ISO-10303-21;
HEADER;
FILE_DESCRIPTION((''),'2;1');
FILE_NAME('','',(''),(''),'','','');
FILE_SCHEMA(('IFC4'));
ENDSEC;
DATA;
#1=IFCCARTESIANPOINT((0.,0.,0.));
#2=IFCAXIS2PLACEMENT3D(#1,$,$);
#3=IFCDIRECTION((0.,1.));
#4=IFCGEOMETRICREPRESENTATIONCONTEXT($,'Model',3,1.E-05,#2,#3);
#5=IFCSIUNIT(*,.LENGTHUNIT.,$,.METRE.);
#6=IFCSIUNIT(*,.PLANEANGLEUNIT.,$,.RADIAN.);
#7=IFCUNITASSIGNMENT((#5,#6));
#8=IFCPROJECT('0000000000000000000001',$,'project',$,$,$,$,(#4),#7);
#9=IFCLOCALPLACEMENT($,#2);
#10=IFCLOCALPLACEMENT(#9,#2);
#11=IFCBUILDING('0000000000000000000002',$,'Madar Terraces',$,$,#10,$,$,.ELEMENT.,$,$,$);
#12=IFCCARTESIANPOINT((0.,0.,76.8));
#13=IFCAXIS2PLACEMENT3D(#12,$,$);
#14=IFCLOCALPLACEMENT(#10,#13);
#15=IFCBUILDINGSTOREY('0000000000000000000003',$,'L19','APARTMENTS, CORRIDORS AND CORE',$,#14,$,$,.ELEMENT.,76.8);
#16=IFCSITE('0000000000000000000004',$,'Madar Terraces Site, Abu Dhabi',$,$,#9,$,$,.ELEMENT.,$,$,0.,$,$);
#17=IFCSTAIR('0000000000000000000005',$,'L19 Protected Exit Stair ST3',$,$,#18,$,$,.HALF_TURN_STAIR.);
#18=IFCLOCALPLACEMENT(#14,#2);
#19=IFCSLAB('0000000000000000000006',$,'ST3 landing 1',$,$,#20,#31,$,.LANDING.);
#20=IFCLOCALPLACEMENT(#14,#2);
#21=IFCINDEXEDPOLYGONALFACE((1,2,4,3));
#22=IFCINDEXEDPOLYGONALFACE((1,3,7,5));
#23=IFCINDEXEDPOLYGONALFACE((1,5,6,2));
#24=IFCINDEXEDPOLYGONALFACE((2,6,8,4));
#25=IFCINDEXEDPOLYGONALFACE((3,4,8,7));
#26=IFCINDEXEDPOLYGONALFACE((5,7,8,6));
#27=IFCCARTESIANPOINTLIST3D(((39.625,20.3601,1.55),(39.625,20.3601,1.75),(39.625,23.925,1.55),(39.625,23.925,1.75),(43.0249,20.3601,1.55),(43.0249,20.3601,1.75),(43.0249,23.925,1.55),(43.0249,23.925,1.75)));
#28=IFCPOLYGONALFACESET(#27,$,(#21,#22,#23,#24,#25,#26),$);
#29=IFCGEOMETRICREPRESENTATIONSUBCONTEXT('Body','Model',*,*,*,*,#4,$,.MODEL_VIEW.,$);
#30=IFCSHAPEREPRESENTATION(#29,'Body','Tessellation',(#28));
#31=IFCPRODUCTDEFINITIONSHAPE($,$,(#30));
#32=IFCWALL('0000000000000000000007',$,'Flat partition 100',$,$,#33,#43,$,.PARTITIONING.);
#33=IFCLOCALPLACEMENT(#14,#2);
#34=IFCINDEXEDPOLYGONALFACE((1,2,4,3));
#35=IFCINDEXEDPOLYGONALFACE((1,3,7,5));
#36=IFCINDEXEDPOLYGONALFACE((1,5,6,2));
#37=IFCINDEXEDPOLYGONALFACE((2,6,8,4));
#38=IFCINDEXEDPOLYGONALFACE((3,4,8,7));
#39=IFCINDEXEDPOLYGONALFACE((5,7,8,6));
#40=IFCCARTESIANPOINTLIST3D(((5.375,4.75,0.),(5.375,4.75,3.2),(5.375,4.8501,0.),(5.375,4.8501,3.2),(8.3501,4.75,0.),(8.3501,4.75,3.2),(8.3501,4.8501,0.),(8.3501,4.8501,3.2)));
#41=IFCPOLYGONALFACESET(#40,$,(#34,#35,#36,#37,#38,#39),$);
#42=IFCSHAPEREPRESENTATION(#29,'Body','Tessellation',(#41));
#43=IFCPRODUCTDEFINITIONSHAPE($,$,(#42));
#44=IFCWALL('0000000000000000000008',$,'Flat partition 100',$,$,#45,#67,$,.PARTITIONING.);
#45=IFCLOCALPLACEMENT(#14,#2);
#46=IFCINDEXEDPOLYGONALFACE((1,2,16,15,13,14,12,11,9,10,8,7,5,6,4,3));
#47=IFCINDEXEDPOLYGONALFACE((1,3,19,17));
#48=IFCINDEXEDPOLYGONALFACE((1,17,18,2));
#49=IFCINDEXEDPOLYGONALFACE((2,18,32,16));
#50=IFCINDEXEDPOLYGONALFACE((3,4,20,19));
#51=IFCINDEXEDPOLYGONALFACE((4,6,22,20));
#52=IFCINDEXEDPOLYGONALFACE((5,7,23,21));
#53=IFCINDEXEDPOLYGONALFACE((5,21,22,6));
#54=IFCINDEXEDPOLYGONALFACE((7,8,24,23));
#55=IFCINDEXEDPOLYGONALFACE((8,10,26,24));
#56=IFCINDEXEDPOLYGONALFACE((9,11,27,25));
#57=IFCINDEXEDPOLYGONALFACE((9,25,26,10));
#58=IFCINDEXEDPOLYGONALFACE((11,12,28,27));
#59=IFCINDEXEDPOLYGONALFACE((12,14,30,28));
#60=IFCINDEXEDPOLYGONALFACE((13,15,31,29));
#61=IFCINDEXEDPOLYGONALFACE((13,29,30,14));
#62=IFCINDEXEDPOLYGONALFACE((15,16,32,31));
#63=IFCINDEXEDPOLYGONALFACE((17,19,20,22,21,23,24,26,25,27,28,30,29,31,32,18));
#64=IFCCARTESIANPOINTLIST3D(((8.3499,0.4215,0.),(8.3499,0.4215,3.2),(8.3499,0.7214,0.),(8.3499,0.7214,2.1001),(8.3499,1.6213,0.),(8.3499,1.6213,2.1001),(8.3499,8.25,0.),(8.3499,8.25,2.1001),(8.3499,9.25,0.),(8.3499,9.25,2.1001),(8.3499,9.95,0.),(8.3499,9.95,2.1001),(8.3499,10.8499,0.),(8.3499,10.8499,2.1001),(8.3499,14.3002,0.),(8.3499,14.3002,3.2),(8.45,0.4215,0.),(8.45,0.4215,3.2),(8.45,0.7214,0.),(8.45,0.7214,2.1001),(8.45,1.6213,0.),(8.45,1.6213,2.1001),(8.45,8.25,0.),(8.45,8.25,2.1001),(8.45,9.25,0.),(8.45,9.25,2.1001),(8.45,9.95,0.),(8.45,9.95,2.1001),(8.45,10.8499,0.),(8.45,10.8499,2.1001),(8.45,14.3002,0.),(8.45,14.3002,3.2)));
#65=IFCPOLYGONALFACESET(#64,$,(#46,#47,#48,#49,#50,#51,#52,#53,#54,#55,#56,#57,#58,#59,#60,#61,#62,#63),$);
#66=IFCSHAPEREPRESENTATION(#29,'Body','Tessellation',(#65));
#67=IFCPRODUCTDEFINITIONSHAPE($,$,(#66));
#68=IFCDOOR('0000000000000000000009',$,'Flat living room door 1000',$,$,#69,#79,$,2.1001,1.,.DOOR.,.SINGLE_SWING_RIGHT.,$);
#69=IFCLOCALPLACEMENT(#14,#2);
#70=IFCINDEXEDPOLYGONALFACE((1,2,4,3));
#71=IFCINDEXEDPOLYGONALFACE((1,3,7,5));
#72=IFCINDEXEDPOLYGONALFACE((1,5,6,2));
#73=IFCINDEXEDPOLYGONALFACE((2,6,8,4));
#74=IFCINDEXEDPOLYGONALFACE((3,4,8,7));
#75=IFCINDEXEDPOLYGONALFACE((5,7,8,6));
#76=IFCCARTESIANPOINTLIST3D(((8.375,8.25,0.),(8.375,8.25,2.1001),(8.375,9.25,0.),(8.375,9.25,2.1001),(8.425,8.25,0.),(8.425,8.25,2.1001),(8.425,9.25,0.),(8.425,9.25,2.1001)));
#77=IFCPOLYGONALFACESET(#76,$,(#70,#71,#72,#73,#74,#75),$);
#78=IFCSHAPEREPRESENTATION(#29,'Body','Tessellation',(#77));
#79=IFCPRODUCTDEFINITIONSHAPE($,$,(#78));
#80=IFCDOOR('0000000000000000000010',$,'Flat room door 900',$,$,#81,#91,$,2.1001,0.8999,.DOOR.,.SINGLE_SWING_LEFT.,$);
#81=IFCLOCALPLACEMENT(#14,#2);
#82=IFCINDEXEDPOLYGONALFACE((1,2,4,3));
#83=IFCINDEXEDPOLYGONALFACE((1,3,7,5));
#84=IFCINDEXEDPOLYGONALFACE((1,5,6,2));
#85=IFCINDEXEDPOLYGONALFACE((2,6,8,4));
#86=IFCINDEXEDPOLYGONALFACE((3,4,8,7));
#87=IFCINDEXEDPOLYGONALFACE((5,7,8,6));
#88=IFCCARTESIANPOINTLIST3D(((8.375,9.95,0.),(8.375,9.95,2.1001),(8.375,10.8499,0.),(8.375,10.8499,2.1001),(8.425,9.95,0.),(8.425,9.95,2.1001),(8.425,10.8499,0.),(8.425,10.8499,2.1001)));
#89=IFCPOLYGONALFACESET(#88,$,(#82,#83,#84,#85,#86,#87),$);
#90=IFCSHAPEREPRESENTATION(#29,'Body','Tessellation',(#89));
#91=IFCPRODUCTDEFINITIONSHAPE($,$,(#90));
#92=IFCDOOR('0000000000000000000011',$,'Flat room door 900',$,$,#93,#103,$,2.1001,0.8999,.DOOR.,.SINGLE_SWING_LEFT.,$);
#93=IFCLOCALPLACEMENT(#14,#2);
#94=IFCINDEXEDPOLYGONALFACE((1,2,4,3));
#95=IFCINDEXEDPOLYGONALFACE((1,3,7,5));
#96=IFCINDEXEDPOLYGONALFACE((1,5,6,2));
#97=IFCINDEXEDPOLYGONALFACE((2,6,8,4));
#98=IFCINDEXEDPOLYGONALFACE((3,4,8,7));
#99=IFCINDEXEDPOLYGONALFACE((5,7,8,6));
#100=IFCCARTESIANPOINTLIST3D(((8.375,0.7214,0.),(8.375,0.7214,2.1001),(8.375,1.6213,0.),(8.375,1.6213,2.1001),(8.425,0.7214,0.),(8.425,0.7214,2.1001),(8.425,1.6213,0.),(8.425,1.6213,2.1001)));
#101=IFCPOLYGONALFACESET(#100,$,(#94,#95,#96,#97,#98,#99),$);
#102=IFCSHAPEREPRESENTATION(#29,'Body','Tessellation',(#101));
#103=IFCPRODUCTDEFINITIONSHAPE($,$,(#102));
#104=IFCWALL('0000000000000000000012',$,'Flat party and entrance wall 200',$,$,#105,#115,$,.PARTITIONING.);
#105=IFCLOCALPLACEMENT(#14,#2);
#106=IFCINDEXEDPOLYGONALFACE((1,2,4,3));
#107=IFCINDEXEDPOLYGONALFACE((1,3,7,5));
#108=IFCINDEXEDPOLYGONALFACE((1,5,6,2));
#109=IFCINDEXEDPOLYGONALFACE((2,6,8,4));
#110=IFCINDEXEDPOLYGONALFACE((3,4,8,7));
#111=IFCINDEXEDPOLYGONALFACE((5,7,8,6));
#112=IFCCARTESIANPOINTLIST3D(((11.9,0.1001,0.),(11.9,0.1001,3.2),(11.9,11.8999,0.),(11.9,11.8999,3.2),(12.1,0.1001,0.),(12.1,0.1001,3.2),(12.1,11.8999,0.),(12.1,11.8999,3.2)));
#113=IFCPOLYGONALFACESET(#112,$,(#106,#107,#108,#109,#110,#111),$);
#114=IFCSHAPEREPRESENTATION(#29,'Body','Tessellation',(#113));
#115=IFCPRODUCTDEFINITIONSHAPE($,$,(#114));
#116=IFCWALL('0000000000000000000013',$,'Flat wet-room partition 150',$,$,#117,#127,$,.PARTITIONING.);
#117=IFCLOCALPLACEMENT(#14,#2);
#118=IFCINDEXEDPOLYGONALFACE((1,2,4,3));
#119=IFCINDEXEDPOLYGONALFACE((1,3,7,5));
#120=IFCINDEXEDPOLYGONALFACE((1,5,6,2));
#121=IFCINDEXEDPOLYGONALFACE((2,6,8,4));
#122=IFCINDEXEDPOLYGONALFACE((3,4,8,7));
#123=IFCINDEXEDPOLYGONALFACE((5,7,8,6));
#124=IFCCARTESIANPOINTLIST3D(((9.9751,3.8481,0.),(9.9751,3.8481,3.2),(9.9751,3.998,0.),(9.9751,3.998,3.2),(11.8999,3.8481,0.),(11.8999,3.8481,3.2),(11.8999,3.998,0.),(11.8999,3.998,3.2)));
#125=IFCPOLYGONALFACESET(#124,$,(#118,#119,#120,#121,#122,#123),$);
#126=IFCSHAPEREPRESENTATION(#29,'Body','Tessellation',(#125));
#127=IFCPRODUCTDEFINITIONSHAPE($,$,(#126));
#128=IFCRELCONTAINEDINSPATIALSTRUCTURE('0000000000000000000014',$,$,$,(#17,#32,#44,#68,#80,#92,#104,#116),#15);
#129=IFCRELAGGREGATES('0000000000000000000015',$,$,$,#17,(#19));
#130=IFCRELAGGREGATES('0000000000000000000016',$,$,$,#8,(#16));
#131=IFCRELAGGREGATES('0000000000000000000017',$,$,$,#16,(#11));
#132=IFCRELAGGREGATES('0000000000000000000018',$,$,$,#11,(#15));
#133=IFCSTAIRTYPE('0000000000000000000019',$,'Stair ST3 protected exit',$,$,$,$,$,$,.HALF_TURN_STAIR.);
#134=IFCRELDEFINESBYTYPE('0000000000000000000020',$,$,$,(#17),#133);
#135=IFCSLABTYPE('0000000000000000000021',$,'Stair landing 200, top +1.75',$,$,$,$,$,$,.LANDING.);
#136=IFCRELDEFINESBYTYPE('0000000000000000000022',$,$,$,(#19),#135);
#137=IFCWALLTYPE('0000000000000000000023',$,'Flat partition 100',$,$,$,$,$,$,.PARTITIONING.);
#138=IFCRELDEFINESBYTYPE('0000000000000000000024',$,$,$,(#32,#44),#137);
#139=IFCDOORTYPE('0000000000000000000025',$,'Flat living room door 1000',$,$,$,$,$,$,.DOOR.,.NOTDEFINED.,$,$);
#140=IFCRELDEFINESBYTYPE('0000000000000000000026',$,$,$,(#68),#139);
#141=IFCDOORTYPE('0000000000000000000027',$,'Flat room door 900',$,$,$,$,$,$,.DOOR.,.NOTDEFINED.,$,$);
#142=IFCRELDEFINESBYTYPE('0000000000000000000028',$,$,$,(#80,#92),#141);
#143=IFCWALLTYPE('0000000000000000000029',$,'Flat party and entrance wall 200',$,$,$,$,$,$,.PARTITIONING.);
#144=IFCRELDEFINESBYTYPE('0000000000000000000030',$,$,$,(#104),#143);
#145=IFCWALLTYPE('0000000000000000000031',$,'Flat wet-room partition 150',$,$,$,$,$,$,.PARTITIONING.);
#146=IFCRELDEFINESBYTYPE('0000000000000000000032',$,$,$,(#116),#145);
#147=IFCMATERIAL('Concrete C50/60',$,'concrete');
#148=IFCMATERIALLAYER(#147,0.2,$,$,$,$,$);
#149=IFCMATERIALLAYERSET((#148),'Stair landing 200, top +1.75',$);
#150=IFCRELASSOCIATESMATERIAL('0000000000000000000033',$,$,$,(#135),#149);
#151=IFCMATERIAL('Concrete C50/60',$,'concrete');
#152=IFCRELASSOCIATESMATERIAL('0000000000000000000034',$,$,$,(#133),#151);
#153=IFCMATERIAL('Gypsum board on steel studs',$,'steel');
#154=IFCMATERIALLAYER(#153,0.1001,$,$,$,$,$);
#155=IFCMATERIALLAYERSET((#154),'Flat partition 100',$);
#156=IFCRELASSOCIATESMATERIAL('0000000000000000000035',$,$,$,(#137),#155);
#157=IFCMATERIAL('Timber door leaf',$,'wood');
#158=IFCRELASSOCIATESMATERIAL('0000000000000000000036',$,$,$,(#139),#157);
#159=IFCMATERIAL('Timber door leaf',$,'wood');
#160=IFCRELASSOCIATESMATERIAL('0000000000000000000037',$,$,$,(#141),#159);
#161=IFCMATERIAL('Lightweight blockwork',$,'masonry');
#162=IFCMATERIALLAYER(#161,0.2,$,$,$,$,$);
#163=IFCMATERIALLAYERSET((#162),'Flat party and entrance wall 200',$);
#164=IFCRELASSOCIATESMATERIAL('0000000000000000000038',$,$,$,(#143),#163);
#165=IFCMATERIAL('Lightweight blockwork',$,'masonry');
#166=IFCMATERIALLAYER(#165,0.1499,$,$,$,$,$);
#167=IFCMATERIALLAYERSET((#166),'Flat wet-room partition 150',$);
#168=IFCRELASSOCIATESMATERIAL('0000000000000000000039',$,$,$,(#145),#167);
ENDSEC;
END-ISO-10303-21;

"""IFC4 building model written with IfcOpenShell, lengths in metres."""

from ifc_helpers import new_model, si_unit, direction, frame, frame_2d, origin, place, context, subcontext, project, spatial, polyline, rectangle, outline, extrude, material, layer, layer_set, type_object, element, fill, aggregate, save


model = new_model("IFC4")

# Units and contexts
model_context = context("Model", 3, precision=1e-05, world=origin(), true_north=direction((0.0, 1.0)))
body_context = subcontext(model_context, "Body", "Model", "MODEL_VIEW")
ifc_project = project(units=[si_unit("LENGTHUNIT", "METRE"), si_unit("PLANEANGLEUNIT", "RADIAN")], contexts=[model_context])

# Site, building, storey
site_placement = place(None, origin())
site = spatial("IfcSite", under=ifc_project, at=site_placement, Name="Madar Terraces Site, Abu Dhabi", CompositionType="ELEMENT", RefElevation=0.0)
building_placement = place(site_placement, origin())
building = spatial("IfcBuilding", under=site, at=building_placement, Name="Madar Terraces", CompositionType="ELEMENT")
storey_placement = place(building_placement, frame((0.0, 0.0, 76.8)))
storey = spatial("IfcBuildingStorey", under=building, at=storey_placement, Name="L19", Description="APARTMENTS, CORRIDORS AND CORE", CompositionType="ELEMENT", Elevation=76.8)

# Stair, slab
ifc_material_1 = material(Name="Concrete C50/60", Category="concrete")
ifc_layer_1 = layer(ifc_material_1, 0.2)
ifc_layer_set_1 = layer_set([ifc_layer_1], Name="Stair landing 200, top +1.75")
slab_type_1 = type_object("IfcSlabType", Name="Stair landing 200, top +1.75", PredefinedType="LANDING", material=ifc_layer_set_1)
ifc_material_2 = material(Name="Concrete C50/60", Category="concrete")
stair_type_1 = type_object("IfcStairType", Name="Stair ST3 protected exit", PredefinedType="HALF_TURN_STAIR", material=ifc_material_2)
stair_1_placement = place(storey_placement, origin())
stair_1 = element("IfcStair", 1, at=stair_1_placement, inside=storey, type_object=stair_type_1, Name="L19 Protected Exit Stair ST3", PredefinedType="HALF_TURN_STAIR")
slab_1_placement = place(storey_placement, frame((0.0, 0.0, 1.55)))
slab_1 = element("IfcSlab", 2, at=slab_1_placement, type_object=slab_type_1, Name="ST3 landing 1", PredefinedType="LANDING", context=body_context, shape_type="SweptSolid", body=[
    extrude(outline(polyline([(39.625, 20.3601), (43.0249, 20.3601), (43.0249, 23.925), (39.625, 23.925), (39.625, 20.3601)])), origin(), (0.0, 0.0, 1.0), 0.2),
])
aggregate(stair_1, [slab_1])

# Wall
ifc_material_3 = material(Name="Gypsum board on steel studs", Category="steel")
ifc_layer_2 = layer(ifc_material_3, 0.1001)
ifc_layer_set_2 = layer_set([ifc_layer_2], Name="Flat partition 100")
wall_type_1 = type_object("IfcWallType", Name="Flat partition 100", PredefinedType="PARTITIONING", material=ifc_layer_set_2)
wall_1_placement = place(storey_placement, frame((8.3501, 4.8, 0.0), z_axis=(0.0, 0.0, 1.0), x_axis=(-1.0, 0.0, 0.0)))
element("IfcWall", 3, at=wall_1_placement, inside=storey, type_object=wall_type_1, Name="Flat partition 100", PredefinedType="PARTITIONING", context=body_context, shape_type="SweptSolid", body=[
    extrude(rectangle(XDim=2.9751, YDim=0.1001, at=frame_2d((1.4875, 0.0))), origin(), (0.0, 0.0, 1.0), 3.2),
])

# Wall, openings, doors
wall_2_placement = place(storey_placement, frame((8.3999, 0.4214, 0.0), z_axis=(0.0, 0.0, 1.0), x_axis=(0.0, 1.0, 0.0)))
wall_2 = element("IfcWall", 4, at=wall_2_placement, inside=storey, type_object=wall_type_1, Name="Flat partition 100", PredefinedType="PARTITIONING", context=body_context, shape_type="SweptSolid", body=[
    extrude(rectangle(XDim=13.8787, YDim=0.1001, at=frame_2d((6.9395, 0.0))), origin(), (0.0, 0.0, 1.0), 3.2),
])
opening_1_placement = place(wall_2_placement, frame((9.5286, 0.0, 0.0)))
opening_1 = element("IfcOpeningElement", 5, at=opening_1_placement, cuts=wall_2, PredefinedType="OPENING", context=body_context, shape_type="SweptSolid", body=[
    extrude(rectangle(XDim=0.8999, YDim=2.1001, at=frame_2d((0.45, 1.05))), frame((0.0, 0.0601, 0.0), z_axis=(0.0, -1.0, 0.0), x_axis=(1.0, 0.0, 0.0)), (0.0, 0.0, 1.0), 0.1201),
])
opening_2_placement = place(wall_2_placement, frame((7.8286, 0.0, 0.0)))
opening_2 = element("IfcOpeningElement", 6, at=opening_2_placement, cuts=wall_2, PredefinedType="OPENING", context=body_context, shape_type="SweptSolid", body=[
    extrude(rectangle(XDim=1.0, YDim=2.1001, at=frame_2d((0.5, 1.05))), frame((0.0, 0.0601, 0.0), z_axis=(0.0, -1.0, 0.0), x_axis=(1.0, 0.0, 0.0)), (0.0, 0.0, 1.0), 0.1201),
])
opening_3_placement = place(wall_2_placement, frame((0.3, 0.0, 0.0)))
opening_3 = element("IfcOpeningElement", 7, at=opening_3_placement, cuts=wall_2, PredefinedType="OPENING", context=body_context, shape_type="SweptSolid", body=[
    extrude(rectangle(XDim=0.8999, YDim=2.1001, at=frame_2d((0.45, 1.05))), frame((0.0, 0.0601, 0.0), z_axis=(0.0, -1.0, 0.0), x_axis=(1.0, 0.0, 0.0)), (0.0, 0.0, 1.0), 0.1201),
])
ifc_material_4 = material(Name="Timber door leaf", Category="wood")
door_type_1 = type_object("IfcDoorType", Name="Flat living room door 1000", OperationType="NOTDEFINED", PredefinedType="DOOR", material=ifc_material_4)
door_1_placement = place(opening_2_placement, origin())
door_1 = element("IfcDoor", 8, at=door_1_placement, inside=storey, type_object=door_type_1, Name="Flat living room door 1000", OperationType="SINGLE_SWING_RIGHT", OverallHeight=2.1001, OverallWidth=1.0, PredefinedType="DOOR", context=body_context, shape_type="SweptSolid", body=[
    extrude(rectangle(XDim=1.0, YDim=2.1001, at=frame_2d((0.5, 1.05))), frame((0.0, 0.0249, 0.0), z_axis=(0.0, -1.0, 0.0), x_axis=(1.0, 0.0, 0.0)), (0.0, 0.0, 1.0), 0.05),
])
fill(opening_2, door_1)
ifc_material_5 = material(Name="Timber door leaf", Category="wood")
door_type_2 = type_object("IfcDoorType", Name="Flat room door 900", OperationType="NOTDEFINED", PredefinedType="DOOR", material=ifc_material_5)
door_2_placement = place(opening_1_placement, origin())
door_2 = element("IfcDoor", 9, at=door_2_placement, inside=storey, type_object=door_type_2, Name="Flat room door 900", OperationType="SINGLE_SWING_LEFT", OverallHeight=2.1001, OverallWidth=0.8999, PredefinedType="DOOR", context=body_context, shape_type="SweptSolid", body=[
    extrude(rectangle(XDim=0.8999, YDim=2.1001, at=frame_2d((0.45, 1.05))), frame((0.0, 0.0249, 0.0), z_axis=(0.0, -1.0, 0.0), x_axis=(1.0, 0.0, 0.0)), (0.0, 0.0, 1.0), 0.05),
])
fill(opening_1, door_2)
door_3_placement = place(opening_3_placement, origin())
door_3 = element("IfcDoor", 10, at=door_3_placement, inside=storey, type_object=door_type_2, Name="Flat room door 900", OperationType="SINGLE_SWING_LEFT", OverallHeight=2.1001, OverallWidth=0.8999, PredefinedType="DOOR", context=body_context, shape_type="SweptSolid", body=[
    extrude(rectangle(XDim=0.8999, YDim=2.1001, at=frame_2d((0.45, 1.05))), frame((0.0, 0.0249, 0.0), z_axis=(0.0, -1.0, 0.0), x_axis=(1.0, 0.0, 0.0)), (0.0, 0.0, 1.0), 0.05),
])
fill(opening_3, door_3)

# Walls
ifc_material_6 = material(Name="Lightweight blockwork", Category="masonry")
ifc_layer_3 = layer(ifc_material_6, 0.2)
ifc_layer_set_3 = layer_set([ifc_layer_3], Name="Flat party and entrance wall 200")
wall_type_2 = type_object("IfcWallType", Name="Flat party and entrance wall 200", PredefinedType="PARTITIONING", material=ifc_layer_set_3)
wall_3_placement = place(storey_placement, frame((12.0, 0.1001, 0.0), z_axis=(0.0, 0.0, 1.0), x_axis=(0.0, 1.0, 0.0)))
element("IfcWall", 11, at=wall_3_placement, inside=storey, type_object=wall_type_2, Name="Flat party and entrance wall 200", PredefinedType="PARTITIONING", context=body_context, shape_type="SweptSolid", body=[
    extrude(rectangle(XDim=11.7998, YDim=0.2, at=frame_2d((5.8999, 0.0))), origin(), (0.0, 0.0, 1.0), 3.2),
])
ifc_material_7 = material(Name="Lightweight blockwork", Category="masonry")
ifc_layer_4 = layer(ifc_material_7, 0.1499)
ifc_layer_set_4 = layer_set([ifc_layer_4], Name="Flat wet-room partition 150")
wall_type_3 = type_object("IfcWallType", Name="Flat wet-room partition 150", PredefinedType="PARTITIONING", material=ifc_layer_set_4)
wall_4_placement = place(storey_placement, frame((11.8999, 3.9231, 0.0), z_axis=(0.0, 0.0, 1.0), x_axis=(-1.0, 0.0, 0.0)))
element("IfcWall", 12, at=wall_4_placement, inside=storey, type_object=wall_type_3, Name="Flat wet-room partition 150", PredefinedType="PARTITIONING", context=body_context, shape_type="SweptSolid", body=[
    extrude(rectangle(XDim=1.9248, YDim=0.1499, at=frame_2d((0.9624, 0.0))), origin(), (0.0, 0.0, 1.0), 3.2),
])

save(model, "model.ifc")
